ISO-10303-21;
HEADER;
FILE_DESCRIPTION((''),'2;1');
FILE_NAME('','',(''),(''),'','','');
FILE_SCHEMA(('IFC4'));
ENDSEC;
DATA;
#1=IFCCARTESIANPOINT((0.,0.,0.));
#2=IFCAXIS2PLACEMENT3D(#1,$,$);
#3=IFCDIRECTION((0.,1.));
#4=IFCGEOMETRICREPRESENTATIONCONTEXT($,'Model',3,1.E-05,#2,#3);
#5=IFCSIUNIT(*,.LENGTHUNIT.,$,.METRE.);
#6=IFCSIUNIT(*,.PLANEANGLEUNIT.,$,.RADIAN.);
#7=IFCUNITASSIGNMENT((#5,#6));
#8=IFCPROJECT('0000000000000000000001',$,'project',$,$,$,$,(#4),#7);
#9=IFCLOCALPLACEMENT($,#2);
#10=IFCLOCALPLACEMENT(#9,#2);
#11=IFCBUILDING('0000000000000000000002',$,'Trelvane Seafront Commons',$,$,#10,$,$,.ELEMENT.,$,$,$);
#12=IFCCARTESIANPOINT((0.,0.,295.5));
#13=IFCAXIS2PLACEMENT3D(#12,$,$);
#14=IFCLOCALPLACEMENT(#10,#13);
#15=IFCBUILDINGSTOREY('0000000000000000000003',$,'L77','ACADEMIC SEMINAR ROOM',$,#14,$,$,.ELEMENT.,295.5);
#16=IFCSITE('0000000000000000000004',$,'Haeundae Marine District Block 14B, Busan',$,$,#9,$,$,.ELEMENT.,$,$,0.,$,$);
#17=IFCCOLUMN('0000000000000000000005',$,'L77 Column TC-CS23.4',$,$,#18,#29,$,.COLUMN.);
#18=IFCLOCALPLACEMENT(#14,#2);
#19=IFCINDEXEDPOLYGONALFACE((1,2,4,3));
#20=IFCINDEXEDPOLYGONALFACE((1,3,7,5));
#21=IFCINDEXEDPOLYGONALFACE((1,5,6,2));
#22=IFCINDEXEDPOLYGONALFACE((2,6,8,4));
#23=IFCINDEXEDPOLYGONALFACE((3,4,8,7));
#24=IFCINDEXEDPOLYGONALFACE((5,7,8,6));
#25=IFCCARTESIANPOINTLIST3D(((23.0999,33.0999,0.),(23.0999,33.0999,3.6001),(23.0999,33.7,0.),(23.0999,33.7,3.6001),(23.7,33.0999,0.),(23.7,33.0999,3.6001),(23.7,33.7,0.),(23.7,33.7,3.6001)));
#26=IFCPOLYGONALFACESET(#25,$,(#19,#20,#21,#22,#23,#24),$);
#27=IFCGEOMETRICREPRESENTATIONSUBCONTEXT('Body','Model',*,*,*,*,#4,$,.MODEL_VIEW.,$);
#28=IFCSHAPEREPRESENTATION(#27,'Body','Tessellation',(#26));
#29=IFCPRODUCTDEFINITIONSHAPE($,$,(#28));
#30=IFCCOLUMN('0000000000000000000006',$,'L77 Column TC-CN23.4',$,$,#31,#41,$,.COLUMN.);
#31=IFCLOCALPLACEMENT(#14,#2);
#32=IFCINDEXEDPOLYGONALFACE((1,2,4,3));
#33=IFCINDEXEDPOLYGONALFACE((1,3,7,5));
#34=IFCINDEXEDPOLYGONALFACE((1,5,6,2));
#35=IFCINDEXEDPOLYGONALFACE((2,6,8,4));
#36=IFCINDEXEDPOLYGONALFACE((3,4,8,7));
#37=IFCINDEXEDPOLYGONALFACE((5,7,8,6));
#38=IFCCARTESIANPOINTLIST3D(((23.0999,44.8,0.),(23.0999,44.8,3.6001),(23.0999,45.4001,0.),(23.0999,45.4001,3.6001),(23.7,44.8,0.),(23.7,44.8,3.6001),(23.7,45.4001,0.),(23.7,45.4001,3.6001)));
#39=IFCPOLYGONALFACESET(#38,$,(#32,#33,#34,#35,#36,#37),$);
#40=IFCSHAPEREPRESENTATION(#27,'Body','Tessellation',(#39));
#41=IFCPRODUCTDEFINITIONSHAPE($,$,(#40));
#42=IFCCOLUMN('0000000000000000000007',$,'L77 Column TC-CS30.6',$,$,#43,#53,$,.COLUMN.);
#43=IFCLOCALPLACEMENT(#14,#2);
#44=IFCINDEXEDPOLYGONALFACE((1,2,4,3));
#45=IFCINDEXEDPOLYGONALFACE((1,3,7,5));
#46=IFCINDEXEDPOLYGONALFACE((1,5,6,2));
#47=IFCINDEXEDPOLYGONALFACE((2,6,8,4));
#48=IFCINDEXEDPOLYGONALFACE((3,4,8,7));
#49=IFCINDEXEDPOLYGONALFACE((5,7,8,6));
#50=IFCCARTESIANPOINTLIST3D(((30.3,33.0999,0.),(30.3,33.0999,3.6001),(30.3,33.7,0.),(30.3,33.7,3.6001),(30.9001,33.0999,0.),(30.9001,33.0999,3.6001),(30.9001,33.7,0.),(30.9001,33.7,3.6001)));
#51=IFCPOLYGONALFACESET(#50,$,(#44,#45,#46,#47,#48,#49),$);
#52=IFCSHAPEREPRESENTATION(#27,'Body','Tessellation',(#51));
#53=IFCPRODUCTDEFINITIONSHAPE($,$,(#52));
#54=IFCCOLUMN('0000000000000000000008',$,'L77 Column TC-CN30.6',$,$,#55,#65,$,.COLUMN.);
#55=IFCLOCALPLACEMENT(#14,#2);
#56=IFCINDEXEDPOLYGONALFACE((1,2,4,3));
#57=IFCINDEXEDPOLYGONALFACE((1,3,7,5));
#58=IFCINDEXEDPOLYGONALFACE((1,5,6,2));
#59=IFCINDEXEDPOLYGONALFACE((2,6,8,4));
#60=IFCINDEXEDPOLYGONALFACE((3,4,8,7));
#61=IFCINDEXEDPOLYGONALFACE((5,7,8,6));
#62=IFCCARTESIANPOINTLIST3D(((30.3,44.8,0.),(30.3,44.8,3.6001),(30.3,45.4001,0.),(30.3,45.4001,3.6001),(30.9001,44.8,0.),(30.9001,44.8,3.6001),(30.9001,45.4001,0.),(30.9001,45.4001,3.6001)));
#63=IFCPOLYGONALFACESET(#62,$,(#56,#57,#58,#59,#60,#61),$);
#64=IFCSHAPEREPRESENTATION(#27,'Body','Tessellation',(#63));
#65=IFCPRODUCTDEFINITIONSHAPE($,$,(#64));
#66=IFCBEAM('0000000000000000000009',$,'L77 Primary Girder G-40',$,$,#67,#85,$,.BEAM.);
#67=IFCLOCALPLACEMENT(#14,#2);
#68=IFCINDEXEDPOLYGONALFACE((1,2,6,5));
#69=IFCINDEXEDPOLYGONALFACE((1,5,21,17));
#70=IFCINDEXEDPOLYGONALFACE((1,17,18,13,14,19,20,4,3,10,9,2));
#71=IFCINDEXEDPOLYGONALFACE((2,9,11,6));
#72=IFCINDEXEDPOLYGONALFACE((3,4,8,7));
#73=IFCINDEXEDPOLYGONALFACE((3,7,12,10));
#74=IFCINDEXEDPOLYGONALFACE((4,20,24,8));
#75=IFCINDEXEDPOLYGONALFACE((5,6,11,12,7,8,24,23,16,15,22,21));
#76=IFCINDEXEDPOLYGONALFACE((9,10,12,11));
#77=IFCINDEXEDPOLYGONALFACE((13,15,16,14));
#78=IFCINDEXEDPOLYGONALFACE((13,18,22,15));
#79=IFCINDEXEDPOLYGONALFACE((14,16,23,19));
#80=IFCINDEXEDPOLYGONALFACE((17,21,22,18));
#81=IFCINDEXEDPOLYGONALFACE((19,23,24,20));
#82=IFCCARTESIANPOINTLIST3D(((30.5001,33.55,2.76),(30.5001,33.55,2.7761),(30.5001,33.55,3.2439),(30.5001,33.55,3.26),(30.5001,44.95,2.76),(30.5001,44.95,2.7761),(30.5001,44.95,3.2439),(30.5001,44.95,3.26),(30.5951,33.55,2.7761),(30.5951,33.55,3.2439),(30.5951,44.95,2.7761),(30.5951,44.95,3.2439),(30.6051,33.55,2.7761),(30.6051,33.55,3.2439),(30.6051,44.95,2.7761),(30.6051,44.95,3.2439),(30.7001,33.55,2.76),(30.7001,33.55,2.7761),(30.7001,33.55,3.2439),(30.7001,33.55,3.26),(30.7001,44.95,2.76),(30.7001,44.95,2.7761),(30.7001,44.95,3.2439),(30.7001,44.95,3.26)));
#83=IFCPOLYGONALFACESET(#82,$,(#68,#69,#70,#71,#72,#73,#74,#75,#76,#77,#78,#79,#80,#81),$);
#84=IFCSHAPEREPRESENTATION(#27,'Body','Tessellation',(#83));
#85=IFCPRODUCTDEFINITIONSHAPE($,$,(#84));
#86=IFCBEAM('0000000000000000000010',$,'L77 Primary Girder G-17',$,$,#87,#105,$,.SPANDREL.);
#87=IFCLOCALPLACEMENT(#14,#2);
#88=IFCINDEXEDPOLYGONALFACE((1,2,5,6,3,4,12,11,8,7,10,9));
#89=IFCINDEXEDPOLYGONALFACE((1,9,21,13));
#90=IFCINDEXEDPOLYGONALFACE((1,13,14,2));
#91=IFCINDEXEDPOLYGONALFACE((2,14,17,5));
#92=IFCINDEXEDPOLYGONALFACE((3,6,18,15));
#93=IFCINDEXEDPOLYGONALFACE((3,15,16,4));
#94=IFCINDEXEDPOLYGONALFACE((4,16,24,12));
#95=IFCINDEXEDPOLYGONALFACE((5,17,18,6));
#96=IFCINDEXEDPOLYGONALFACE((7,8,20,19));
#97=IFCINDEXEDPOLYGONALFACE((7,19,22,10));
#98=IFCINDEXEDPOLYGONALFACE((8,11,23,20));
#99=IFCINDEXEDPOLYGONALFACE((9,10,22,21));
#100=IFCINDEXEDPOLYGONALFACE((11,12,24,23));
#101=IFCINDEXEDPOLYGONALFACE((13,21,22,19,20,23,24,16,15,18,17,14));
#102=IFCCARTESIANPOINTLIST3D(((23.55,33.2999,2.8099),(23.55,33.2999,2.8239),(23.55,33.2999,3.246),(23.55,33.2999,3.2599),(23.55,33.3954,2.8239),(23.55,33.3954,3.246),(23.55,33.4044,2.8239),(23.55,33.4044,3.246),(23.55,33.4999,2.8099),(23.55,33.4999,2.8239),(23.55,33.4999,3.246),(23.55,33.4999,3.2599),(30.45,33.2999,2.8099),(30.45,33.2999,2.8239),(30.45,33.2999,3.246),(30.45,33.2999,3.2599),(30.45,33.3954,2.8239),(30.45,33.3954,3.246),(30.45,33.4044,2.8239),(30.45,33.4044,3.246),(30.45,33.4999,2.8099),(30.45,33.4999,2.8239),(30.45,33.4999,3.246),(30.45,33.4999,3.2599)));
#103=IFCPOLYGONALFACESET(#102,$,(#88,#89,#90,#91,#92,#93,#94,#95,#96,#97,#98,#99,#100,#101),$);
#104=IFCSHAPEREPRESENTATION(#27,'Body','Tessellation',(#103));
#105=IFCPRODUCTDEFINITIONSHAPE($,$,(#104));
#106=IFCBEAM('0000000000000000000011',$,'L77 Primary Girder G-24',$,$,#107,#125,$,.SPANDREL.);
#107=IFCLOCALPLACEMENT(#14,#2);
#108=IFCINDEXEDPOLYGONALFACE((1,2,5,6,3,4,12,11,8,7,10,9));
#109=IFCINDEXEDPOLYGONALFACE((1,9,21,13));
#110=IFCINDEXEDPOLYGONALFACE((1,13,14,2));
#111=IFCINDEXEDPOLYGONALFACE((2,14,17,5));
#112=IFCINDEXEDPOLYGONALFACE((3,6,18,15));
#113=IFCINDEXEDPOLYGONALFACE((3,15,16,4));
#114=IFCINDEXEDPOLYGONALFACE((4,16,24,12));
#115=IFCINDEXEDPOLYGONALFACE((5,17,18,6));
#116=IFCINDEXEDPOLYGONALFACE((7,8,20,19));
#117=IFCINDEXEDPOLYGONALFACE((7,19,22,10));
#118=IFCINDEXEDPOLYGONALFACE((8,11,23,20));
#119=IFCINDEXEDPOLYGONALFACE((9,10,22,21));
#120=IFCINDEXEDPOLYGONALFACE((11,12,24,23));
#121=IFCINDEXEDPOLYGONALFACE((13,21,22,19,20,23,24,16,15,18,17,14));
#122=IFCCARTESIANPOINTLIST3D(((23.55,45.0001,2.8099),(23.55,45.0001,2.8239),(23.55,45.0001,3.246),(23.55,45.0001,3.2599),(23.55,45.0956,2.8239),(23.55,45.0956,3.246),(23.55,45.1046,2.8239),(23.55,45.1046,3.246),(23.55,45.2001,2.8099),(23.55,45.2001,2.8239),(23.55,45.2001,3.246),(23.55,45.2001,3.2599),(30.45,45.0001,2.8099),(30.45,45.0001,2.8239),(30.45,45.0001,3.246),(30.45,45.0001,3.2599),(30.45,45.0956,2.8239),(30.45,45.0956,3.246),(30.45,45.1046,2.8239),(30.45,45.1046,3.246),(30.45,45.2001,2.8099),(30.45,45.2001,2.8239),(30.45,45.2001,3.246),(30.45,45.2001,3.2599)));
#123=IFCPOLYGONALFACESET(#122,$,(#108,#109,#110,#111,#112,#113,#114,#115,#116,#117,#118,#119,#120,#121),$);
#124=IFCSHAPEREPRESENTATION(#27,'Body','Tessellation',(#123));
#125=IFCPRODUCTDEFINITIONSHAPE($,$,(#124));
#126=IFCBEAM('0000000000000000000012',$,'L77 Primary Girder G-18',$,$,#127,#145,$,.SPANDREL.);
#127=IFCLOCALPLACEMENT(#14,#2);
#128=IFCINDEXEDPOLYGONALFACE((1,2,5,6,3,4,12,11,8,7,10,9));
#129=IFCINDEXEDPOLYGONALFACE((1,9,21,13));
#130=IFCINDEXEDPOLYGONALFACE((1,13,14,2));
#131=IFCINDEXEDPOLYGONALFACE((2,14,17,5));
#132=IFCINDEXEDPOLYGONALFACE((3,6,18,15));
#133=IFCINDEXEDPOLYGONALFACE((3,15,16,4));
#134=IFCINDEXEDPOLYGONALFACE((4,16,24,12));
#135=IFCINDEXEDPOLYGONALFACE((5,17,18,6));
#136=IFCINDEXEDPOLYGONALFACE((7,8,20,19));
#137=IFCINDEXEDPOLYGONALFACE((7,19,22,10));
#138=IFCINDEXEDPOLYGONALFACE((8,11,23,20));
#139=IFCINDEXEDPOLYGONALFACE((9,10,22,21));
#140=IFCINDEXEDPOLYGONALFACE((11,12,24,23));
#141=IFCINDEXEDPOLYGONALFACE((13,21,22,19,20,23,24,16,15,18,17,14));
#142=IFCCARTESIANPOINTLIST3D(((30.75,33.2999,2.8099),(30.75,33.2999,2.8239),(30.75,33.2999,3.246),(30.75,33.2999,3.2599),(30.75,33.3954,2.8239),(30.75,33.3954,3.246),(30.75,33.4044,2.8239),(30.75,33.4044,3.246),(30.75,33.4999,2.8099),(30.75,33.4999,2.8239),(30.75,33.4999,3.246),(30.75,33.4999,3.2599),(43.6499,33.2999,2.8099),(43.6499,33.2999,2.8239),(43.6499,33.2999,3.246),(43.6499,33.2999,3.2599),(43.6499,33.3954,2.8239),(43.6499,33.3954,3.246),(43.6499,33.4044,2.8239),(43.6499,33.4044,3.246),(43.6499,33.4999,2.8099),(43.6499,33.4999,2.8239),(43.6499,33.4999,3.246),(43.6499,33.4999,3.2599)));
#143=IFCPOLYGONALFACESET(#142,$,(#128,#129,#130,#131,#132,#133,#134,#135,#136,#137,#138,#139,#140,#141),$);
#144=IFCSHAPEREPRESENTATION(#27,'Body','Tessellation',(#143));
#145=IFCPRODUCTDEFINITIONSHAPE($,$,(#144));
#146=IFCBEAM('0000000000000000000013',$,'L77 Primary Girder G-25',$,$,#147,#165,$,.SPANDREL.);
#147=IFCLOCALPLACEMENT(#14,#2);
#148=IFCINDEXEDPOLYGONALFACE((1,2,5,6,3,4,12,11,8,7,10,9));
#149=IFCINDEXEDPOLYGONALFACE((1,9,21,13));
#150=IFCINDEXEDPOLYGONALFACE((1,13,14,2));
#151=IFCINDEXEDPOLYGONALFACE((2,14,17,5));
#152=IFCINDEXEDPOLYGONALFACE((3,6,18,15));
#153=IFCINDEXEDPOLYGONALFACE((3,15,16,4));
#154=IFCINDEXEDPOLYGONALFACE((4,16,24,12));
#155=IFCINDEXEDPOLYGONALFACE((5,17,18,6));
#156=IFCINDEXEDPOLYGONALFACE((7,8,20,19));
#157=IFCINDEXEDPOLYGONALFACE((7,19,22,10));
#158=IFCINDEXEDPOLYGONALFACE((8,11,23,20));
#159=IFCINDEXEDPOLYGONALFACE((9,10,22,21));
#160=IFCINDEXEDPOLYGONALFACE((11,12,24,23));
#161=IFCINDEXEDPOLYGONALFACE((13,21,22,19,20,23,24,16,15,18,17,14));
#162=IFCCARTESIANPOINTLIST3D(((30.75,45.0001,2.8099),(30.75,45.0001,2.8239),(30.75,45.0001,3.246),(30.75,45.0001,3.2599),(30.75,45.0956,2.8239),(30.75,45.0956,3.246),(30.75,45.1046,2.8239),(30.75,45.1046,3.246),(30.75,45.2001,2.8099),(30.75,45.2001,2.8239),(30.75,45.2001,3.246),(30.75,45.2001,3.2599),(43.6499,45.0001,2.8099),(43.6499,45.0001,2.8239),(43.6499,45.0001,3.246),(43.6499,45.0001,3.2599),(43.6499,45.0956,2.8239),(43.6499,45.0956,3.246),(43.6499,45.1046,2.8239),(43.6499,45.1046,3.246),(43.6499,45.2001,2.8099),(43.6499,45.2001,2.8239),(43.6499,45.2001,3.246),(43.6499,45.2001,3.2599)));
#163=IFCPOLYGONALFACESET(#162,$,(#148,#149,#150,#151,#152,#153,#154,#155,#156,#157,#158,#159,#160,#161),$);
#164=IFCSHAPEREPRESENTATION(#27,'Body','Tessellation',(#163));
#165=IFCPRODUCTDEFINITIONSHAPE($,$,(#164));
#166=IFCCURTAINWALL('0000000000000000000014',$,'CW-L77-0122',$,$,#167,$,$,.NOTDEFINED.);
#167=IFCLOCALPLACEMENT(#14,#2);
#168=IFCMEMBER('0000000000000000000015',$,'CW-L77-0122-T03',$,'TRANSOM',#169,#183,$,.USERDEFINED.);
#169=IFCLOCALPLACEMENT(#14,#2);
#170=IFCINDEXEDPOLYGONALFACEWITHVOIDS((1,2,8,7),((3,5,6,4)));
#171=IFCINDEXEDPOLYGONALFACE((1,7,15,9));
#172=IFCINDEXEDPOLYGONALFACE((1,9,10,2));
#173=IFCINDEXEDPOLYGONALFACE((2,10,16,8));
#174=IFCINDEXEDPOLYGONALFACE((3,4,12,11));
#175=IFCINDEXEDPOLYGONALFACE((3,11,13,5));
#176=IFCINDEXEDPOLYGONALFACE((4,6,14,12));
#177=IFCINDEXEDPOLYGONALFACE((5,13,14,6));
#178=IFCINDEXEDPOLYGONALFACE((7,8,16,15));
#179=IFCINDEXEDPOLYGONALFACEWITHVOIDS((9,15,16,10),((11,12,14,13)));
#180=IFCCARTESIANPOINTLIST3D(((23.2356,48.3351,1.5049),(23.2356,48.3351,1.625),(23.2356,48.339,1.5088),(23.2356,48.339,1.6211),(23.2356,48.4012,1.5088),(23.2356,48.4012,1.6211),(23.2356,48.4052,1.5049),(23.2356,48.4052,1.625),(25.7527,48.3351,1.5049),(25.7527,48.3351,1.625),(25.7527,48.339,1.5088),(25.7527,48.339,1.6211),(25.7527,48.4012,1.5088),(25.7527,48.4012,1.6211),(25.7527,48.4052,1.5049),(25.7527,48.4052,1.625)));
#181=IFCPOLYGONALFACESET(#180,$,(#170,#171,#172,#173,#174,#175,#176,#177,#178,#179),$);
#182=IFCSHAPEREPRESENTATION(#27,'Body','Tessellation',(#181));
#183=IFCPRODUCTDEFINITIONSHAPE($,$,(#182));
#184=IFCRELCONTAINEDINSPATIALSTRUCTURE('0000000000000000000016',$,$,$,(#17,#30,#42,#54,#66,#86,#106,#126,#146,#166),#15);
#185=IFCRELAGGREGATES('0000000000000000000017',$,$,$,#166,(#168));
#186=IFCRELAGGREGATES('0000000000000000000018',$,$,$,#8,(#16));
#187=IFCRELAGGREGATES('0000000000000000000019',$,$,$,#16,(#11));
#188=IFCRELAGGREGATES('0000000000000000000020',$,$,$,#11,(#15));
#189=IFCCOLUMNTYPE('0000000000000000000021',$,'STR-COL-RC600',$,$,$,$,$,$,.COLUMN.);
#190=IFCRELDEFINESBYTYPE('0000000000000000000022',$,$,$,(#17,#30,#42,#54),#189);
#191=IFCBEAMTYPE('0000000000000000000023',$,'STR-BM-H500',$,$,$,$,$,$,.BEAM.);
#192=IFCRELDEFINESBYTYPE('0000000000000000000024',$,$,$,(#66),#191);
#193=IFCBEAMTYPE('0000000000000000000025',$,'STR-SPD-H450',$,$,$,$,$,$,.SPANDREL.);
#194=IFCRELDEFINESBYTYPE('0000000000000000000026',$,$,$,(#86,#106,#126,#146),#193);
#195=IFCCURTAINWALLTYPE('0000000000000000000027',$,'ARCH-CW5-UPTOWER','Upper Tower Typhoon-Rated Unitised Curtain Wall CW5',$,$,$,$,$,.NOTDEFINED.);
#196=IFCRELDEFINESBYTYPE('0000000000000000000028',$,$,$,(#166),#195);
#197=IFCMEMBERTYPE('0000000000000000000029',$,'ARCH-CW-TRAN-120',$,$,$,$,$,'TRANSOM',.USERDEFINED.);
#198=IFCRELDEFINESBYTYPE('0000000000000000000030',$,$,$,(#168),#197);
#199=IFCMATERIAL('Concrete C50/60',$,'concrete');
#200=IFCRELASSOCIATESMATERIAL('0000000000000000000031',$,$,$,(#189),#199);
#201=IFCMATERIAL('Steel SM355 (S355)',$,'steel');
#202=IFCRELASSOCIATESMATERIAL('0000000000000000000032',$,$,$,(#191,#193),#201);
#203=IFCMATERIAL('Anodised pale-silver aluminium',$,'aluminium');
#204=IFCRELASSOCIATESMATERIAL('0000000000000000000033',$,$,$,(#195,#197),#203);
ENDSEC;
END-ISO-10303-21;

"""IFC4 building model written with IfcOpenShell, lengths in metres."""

from ifc_helpers import new_model, si_unit, direction, frame, origin, origin_2d, place, context, subcontext, project, spatial, rectangle, hollow_rectangle, i_section, extrude, source, transform, mapped, material, material_profile, profile_set, type_object, element, aggregate, save


model = new_model("IFC4")

# Units and contexts
model_context = context("Model", 3, precision=1e-05, world=origin(), true_north=direction((0.0, 1.0)))
body_context = subcontext(model_context, "Body", "Model", "MODEL_VIEW")
ifc_project = project(units=[si_unit("LENGTHUNIT", "METRE"), si_unit("PLANEANGLEUNIT", "RADIAN")], contexts=[model_context])

# Site, building, storey
site_placement = place(None, origin())
site = spatial("IfcSite", under=ifc_project, at=site_placement, Name="Haeundae Marine District Block 14B, Busan", CompositionType="ELEMENT", RefElevation=0.0)
building_placement = place(site_placement, origin())
building = spatial("IfcBuilding", under=site, at=building_placement, Name="Trelvane Seafront Commons", CompositionType="ELEMENT")
storey_placement = place(building_placement, frame((0.0, 0.0, 295.5)))
storey = spatial("IfcBuildingStorey", under=building, at=storey_placement, Name="L77", Description="ACADEMIC SEMINAR ROOM", CompositionType="ELEMENT", Elevation=295.5)

# Columns
ifc_material_1 = material(Name="Concrete C50/60", Category="concrete")
ifc_material_profile_1 = material_profile(ifc_material_1, rectangle(XDim=0.6001, YDim=0.6001, at=origin_2d()), Name="RC-600x600")
ifc_profile_set_1 = profile_set([ifc_material_profile_1], Name="Concrete C50/60")
column_type = type_object("IfcColumnType", Name="STR-COL-RC600", PredefinedType="COLUMN", material=ifc_profile_set_1)
shared_shape_1 = source(origin(), body_context, "Body", "SweptSolid", [
    extrude(rectangle(XDim=0.6001, YDim=0.6001, at=origin_2d()), origin(), (0.0, 0.0, 1.0), 3.6001),
])
for number, where, z_axis, x_axis, name in (
    (1, (23.3999, 33.3999, 0.0), (0.0, 0.0, 1.0), (1.0, 0.0, 0.0), "L77 Column TC-CS23.4"),
    (2, (23.3999, 45.1001, 0.0), (0.0, 0.0, 1.0), (1.0, 0.0, 0.0), "L77 Column TC-CN23.4"),
    (3, (30.6001, 33.3999, 0.0), (0.0, 0.0, 1.0), (1.0, 0.0, 0.0), "L77 Column TC-CS30.6"),
    (4, (30.6001, 45.1001, 0.0), (0.0, 0.0, 1.0), (1.0, 0.0, 0.0), "L77 Column TC-CN30.6"),
):
    element("IfcColumn", number, at=place(storey_placement, frame(where, z_axis=z_axis, x_axis=x_axis)), inside=storey, type_object=column_type, Name=name, PredefinedType="COLUMN", context=body_context, shape_type="MappedRepresentation", body=[
        mapped(shared_shape_1, transform((0.0, 0.0, 0.0), x_axis=(1.0, 0.0, 0.0), y_axis=(0.0, 1.0, 0.0), z_axis=(0.0, 0.0, 1.0), scale=1.0)),
    ])

# Beams
ifc_material_2 = material(Name="Steel SM355 (S355)", Category="steel")
ifc_material_profile_2 = material_profile(ifc_material_2, i_section(OverallWidth=0.2, OverallDepth=0.5, WebThickness=0.01, FlangeThickness=0.0161, at=origin_2d()), Name="H-500x200x10x16")
ifc_profile_set_2 = profile_set([ifc_material_profile_2], Name="Steel SM355 (S355)")
beam_type_1 = type_object("IfcBeamType", Name="STR-BM-H500", PredefinedType="BEAM", material=ifc_profile_set_2)
shared_shape_2 = source(origin(), body_context, "Body", "SweptSolid", [
    extrude(i_section(OverallWidth=0.2, OverallDepth=0.5, WebThickness=0.01, FlangeThickness=0.0161, at=origin_2d()), origin(), (0.0, 0.0, 1.0), 11.3999),
])
beam_placement = place(storey_placement, frame((30.6001, 33.55, 3.01), z_axis=(0.0, 1.0, 0.0), x_axis=(-1.0, 0.0, 0.0)))
element("IfcBeam", 5, at=beam_placement, inside=storey, type_object=beam_type_1, Name="L77 Primary Girder G-40", PredefinedType="BEAM", context=body_context, shape_type="MappedRepresentation", body=[
    mapped(shared_shape_2, transform((0.0, 0.0, 0.0), x_axis=(1.0, 0.0, 0.0), y_axis=(0.0, 1.0, 0.0), z_axis=(0.0, 0.0, 1.0), scale=1.0)),
])
ifc_material_profile_3 = material_profile(ifc_material_2, i_section(OverallWidth=0.2, OverallDepth=0.45, WebThickness=0.009, FlangeThickness=0.0139, at=origin_2d()), Name="H-450x200x9x14")
ifc_profile_set_3 = profile_set([ifc_material_profile_3], Name="Steel SM355 (S355)")
beam_type_2 = type_object("IfcBeamType", Name="STR-SPD-H450", PredefinedType="SPANDREL", material=ifc_profile_set_3)
shared_shape_3 = source(origin(), body_context, "Body", "SweptSolid", [
    extrude(i_section(OverallWidth=0.2, OverallDepth=0.45, WebThickness=0.009, FlangeThickness=0.0139, at=origin_2d()), origin(), (0.0, 0.0, 1.0), 6.8999),
])
for number, where, z_axis, x_axis, name in (
    (6, (23.55, 33.3999, 3.0349), (1.0, 0.0, 0.0), (0.0, 1.0, 0.0), "L77 Primary Girder G-17"),
    (7, (23.55, 45.1001, 3.0349), (1.0, 0.0, 0.0), (0.0, 1.0, 0.0), "L77 Primary Girder G-24"),
):
    element("IfcBeam", number, at=place(storey_placement, frame(where, z_axis=z_axis, x_axis=x_axis)), inside=storey, type_object=beam_type_2, Name=name, PredefinedType="SPANDREL", context=body_context, shape_type="MappedRepresentation", body=[
        mapped(shared_shape_3, transform((0.0, 0.0, 0.0), x_axis=(1.0, 0.0, 0.0), y_axis=(0.0, 1.0, 0.0), z_axis=(0.0, 0.0, 1.0), scale=1.0)),
    ])
shared_shape_4 = source(origin(), body_context, "Body", "SweptSolid", [
    extrude(i_section(OverallWidth=0.2, OverallDepth=0.45, WebThickness=0.009, FlangeThickness=0.0139, at=origin_2d()), origin(), (0.0, 0.0, 1.0), 12.8999),
])
for number, where, z_axis, x_axis, name in (
    (8, (30.75, 33.3999, 3.0349), (1.0, 0.0, 0.0), (0.0, 1.0, 0.0), "L77 Primary Girder G-18"),
    (9, (30.75, 45.1001, 3.0349), (1.0, 0.0, 0.0), (0.0, 1.0, 0.0), "L77 Primary Girder G-25"),
):
    element("IfcBeam", number, at=place(storey_placement, frame(where, z_axis=z_axis, x_axis=x_axis)), inside=storey, type_object=beam_type_2, Name=name, PredefinedType="SPANDREL", context=body_context, shape_type="MappedRepresentation", body=[
        mapped(shared_shape_4, transform((0.0, 0.0, 0.0), x_axis=(1.0, 0.0, 0.0), y_axis=(0.0, 1.0, 0.0), z_axis=(0.0, 0.0, 1.0), scale=1.0)),
    ])

# Curtain wall, member
ifc_material_3 = material(Name="Anodised pale-silver aluminium", Category="aluminium")
curtain_wall_type = type_object("IfcCurtainWallType", Name="ARCH-CW5-UPTOWER", Description="Upper Tower Typhoon-Rated Unitised Curtain Wall CW5", PredefinedType="NOTDEFINED", material=ifc_material_3)
curtain_wall_placement = place(storey_placement, origin())
curtain_wall = element("IfcCurtainWall", 10, at=curtain_wall_placement, inside=storey, type_object=curtain_wall_type, Name="CW-L77-0122", PredefinedType="NOTDEFINED")
ifc_material_profile_4 = material_profile(ifc_material_3, hollow_rectangle(XDim=0.0701, YDim=0.1201, WallThickness=0.0039, at=origin_2d()), Name="TRAN-70x120x4")
ifc_profile_set_4 = profile_set([ifc_material_profile_4], Name="Anodised pale-silver aluminium")
member_type_1 = type_object("IfcMemberType", Name="ARCH-CW-TRAN-120", ElementType="TRANSOM", PredefinedType="USERDEFINED", material=ifc_profile_set_4)
shared_shape_5 = source(origin(), body_context, "Body", "SweptSolid", [
    extrude(hollow_rectangle(XDim=0.0701, YDim=0.1201, WallThickness=0.0039, at=origin_2d()), origin(), (0.0, 0.0, 1.0), 2.5171),
])
member_1_placement = place(storey_placement, frame((23.2356, 48.3701, 1.5649), z_axis=(1.0, 0.0, 0.0), x_axis=(0.0, 1.0, 0.0)))
member_1 = element("IfcMember", 11, at=member_1_placement, type_object=member_type_1, Name="CW-L77-0122-T03", ObjectType="TRANSOM", PredefinedType="USERDEFINED", context=body_context, shape_type="MappedRepresentation", body=[
    mapped(shared_shape_5, transform((0.0, 0.0, 0.0), x_axis=(1.0, 0.0, 0.0), y_axis=(0.0, 1.0, 0.0), z_axis=(0.0, 0.0, 1.0), scale=1.0)),
])
aggregate(curtain_wall, [member_1])

save(model, "model.ifc")
